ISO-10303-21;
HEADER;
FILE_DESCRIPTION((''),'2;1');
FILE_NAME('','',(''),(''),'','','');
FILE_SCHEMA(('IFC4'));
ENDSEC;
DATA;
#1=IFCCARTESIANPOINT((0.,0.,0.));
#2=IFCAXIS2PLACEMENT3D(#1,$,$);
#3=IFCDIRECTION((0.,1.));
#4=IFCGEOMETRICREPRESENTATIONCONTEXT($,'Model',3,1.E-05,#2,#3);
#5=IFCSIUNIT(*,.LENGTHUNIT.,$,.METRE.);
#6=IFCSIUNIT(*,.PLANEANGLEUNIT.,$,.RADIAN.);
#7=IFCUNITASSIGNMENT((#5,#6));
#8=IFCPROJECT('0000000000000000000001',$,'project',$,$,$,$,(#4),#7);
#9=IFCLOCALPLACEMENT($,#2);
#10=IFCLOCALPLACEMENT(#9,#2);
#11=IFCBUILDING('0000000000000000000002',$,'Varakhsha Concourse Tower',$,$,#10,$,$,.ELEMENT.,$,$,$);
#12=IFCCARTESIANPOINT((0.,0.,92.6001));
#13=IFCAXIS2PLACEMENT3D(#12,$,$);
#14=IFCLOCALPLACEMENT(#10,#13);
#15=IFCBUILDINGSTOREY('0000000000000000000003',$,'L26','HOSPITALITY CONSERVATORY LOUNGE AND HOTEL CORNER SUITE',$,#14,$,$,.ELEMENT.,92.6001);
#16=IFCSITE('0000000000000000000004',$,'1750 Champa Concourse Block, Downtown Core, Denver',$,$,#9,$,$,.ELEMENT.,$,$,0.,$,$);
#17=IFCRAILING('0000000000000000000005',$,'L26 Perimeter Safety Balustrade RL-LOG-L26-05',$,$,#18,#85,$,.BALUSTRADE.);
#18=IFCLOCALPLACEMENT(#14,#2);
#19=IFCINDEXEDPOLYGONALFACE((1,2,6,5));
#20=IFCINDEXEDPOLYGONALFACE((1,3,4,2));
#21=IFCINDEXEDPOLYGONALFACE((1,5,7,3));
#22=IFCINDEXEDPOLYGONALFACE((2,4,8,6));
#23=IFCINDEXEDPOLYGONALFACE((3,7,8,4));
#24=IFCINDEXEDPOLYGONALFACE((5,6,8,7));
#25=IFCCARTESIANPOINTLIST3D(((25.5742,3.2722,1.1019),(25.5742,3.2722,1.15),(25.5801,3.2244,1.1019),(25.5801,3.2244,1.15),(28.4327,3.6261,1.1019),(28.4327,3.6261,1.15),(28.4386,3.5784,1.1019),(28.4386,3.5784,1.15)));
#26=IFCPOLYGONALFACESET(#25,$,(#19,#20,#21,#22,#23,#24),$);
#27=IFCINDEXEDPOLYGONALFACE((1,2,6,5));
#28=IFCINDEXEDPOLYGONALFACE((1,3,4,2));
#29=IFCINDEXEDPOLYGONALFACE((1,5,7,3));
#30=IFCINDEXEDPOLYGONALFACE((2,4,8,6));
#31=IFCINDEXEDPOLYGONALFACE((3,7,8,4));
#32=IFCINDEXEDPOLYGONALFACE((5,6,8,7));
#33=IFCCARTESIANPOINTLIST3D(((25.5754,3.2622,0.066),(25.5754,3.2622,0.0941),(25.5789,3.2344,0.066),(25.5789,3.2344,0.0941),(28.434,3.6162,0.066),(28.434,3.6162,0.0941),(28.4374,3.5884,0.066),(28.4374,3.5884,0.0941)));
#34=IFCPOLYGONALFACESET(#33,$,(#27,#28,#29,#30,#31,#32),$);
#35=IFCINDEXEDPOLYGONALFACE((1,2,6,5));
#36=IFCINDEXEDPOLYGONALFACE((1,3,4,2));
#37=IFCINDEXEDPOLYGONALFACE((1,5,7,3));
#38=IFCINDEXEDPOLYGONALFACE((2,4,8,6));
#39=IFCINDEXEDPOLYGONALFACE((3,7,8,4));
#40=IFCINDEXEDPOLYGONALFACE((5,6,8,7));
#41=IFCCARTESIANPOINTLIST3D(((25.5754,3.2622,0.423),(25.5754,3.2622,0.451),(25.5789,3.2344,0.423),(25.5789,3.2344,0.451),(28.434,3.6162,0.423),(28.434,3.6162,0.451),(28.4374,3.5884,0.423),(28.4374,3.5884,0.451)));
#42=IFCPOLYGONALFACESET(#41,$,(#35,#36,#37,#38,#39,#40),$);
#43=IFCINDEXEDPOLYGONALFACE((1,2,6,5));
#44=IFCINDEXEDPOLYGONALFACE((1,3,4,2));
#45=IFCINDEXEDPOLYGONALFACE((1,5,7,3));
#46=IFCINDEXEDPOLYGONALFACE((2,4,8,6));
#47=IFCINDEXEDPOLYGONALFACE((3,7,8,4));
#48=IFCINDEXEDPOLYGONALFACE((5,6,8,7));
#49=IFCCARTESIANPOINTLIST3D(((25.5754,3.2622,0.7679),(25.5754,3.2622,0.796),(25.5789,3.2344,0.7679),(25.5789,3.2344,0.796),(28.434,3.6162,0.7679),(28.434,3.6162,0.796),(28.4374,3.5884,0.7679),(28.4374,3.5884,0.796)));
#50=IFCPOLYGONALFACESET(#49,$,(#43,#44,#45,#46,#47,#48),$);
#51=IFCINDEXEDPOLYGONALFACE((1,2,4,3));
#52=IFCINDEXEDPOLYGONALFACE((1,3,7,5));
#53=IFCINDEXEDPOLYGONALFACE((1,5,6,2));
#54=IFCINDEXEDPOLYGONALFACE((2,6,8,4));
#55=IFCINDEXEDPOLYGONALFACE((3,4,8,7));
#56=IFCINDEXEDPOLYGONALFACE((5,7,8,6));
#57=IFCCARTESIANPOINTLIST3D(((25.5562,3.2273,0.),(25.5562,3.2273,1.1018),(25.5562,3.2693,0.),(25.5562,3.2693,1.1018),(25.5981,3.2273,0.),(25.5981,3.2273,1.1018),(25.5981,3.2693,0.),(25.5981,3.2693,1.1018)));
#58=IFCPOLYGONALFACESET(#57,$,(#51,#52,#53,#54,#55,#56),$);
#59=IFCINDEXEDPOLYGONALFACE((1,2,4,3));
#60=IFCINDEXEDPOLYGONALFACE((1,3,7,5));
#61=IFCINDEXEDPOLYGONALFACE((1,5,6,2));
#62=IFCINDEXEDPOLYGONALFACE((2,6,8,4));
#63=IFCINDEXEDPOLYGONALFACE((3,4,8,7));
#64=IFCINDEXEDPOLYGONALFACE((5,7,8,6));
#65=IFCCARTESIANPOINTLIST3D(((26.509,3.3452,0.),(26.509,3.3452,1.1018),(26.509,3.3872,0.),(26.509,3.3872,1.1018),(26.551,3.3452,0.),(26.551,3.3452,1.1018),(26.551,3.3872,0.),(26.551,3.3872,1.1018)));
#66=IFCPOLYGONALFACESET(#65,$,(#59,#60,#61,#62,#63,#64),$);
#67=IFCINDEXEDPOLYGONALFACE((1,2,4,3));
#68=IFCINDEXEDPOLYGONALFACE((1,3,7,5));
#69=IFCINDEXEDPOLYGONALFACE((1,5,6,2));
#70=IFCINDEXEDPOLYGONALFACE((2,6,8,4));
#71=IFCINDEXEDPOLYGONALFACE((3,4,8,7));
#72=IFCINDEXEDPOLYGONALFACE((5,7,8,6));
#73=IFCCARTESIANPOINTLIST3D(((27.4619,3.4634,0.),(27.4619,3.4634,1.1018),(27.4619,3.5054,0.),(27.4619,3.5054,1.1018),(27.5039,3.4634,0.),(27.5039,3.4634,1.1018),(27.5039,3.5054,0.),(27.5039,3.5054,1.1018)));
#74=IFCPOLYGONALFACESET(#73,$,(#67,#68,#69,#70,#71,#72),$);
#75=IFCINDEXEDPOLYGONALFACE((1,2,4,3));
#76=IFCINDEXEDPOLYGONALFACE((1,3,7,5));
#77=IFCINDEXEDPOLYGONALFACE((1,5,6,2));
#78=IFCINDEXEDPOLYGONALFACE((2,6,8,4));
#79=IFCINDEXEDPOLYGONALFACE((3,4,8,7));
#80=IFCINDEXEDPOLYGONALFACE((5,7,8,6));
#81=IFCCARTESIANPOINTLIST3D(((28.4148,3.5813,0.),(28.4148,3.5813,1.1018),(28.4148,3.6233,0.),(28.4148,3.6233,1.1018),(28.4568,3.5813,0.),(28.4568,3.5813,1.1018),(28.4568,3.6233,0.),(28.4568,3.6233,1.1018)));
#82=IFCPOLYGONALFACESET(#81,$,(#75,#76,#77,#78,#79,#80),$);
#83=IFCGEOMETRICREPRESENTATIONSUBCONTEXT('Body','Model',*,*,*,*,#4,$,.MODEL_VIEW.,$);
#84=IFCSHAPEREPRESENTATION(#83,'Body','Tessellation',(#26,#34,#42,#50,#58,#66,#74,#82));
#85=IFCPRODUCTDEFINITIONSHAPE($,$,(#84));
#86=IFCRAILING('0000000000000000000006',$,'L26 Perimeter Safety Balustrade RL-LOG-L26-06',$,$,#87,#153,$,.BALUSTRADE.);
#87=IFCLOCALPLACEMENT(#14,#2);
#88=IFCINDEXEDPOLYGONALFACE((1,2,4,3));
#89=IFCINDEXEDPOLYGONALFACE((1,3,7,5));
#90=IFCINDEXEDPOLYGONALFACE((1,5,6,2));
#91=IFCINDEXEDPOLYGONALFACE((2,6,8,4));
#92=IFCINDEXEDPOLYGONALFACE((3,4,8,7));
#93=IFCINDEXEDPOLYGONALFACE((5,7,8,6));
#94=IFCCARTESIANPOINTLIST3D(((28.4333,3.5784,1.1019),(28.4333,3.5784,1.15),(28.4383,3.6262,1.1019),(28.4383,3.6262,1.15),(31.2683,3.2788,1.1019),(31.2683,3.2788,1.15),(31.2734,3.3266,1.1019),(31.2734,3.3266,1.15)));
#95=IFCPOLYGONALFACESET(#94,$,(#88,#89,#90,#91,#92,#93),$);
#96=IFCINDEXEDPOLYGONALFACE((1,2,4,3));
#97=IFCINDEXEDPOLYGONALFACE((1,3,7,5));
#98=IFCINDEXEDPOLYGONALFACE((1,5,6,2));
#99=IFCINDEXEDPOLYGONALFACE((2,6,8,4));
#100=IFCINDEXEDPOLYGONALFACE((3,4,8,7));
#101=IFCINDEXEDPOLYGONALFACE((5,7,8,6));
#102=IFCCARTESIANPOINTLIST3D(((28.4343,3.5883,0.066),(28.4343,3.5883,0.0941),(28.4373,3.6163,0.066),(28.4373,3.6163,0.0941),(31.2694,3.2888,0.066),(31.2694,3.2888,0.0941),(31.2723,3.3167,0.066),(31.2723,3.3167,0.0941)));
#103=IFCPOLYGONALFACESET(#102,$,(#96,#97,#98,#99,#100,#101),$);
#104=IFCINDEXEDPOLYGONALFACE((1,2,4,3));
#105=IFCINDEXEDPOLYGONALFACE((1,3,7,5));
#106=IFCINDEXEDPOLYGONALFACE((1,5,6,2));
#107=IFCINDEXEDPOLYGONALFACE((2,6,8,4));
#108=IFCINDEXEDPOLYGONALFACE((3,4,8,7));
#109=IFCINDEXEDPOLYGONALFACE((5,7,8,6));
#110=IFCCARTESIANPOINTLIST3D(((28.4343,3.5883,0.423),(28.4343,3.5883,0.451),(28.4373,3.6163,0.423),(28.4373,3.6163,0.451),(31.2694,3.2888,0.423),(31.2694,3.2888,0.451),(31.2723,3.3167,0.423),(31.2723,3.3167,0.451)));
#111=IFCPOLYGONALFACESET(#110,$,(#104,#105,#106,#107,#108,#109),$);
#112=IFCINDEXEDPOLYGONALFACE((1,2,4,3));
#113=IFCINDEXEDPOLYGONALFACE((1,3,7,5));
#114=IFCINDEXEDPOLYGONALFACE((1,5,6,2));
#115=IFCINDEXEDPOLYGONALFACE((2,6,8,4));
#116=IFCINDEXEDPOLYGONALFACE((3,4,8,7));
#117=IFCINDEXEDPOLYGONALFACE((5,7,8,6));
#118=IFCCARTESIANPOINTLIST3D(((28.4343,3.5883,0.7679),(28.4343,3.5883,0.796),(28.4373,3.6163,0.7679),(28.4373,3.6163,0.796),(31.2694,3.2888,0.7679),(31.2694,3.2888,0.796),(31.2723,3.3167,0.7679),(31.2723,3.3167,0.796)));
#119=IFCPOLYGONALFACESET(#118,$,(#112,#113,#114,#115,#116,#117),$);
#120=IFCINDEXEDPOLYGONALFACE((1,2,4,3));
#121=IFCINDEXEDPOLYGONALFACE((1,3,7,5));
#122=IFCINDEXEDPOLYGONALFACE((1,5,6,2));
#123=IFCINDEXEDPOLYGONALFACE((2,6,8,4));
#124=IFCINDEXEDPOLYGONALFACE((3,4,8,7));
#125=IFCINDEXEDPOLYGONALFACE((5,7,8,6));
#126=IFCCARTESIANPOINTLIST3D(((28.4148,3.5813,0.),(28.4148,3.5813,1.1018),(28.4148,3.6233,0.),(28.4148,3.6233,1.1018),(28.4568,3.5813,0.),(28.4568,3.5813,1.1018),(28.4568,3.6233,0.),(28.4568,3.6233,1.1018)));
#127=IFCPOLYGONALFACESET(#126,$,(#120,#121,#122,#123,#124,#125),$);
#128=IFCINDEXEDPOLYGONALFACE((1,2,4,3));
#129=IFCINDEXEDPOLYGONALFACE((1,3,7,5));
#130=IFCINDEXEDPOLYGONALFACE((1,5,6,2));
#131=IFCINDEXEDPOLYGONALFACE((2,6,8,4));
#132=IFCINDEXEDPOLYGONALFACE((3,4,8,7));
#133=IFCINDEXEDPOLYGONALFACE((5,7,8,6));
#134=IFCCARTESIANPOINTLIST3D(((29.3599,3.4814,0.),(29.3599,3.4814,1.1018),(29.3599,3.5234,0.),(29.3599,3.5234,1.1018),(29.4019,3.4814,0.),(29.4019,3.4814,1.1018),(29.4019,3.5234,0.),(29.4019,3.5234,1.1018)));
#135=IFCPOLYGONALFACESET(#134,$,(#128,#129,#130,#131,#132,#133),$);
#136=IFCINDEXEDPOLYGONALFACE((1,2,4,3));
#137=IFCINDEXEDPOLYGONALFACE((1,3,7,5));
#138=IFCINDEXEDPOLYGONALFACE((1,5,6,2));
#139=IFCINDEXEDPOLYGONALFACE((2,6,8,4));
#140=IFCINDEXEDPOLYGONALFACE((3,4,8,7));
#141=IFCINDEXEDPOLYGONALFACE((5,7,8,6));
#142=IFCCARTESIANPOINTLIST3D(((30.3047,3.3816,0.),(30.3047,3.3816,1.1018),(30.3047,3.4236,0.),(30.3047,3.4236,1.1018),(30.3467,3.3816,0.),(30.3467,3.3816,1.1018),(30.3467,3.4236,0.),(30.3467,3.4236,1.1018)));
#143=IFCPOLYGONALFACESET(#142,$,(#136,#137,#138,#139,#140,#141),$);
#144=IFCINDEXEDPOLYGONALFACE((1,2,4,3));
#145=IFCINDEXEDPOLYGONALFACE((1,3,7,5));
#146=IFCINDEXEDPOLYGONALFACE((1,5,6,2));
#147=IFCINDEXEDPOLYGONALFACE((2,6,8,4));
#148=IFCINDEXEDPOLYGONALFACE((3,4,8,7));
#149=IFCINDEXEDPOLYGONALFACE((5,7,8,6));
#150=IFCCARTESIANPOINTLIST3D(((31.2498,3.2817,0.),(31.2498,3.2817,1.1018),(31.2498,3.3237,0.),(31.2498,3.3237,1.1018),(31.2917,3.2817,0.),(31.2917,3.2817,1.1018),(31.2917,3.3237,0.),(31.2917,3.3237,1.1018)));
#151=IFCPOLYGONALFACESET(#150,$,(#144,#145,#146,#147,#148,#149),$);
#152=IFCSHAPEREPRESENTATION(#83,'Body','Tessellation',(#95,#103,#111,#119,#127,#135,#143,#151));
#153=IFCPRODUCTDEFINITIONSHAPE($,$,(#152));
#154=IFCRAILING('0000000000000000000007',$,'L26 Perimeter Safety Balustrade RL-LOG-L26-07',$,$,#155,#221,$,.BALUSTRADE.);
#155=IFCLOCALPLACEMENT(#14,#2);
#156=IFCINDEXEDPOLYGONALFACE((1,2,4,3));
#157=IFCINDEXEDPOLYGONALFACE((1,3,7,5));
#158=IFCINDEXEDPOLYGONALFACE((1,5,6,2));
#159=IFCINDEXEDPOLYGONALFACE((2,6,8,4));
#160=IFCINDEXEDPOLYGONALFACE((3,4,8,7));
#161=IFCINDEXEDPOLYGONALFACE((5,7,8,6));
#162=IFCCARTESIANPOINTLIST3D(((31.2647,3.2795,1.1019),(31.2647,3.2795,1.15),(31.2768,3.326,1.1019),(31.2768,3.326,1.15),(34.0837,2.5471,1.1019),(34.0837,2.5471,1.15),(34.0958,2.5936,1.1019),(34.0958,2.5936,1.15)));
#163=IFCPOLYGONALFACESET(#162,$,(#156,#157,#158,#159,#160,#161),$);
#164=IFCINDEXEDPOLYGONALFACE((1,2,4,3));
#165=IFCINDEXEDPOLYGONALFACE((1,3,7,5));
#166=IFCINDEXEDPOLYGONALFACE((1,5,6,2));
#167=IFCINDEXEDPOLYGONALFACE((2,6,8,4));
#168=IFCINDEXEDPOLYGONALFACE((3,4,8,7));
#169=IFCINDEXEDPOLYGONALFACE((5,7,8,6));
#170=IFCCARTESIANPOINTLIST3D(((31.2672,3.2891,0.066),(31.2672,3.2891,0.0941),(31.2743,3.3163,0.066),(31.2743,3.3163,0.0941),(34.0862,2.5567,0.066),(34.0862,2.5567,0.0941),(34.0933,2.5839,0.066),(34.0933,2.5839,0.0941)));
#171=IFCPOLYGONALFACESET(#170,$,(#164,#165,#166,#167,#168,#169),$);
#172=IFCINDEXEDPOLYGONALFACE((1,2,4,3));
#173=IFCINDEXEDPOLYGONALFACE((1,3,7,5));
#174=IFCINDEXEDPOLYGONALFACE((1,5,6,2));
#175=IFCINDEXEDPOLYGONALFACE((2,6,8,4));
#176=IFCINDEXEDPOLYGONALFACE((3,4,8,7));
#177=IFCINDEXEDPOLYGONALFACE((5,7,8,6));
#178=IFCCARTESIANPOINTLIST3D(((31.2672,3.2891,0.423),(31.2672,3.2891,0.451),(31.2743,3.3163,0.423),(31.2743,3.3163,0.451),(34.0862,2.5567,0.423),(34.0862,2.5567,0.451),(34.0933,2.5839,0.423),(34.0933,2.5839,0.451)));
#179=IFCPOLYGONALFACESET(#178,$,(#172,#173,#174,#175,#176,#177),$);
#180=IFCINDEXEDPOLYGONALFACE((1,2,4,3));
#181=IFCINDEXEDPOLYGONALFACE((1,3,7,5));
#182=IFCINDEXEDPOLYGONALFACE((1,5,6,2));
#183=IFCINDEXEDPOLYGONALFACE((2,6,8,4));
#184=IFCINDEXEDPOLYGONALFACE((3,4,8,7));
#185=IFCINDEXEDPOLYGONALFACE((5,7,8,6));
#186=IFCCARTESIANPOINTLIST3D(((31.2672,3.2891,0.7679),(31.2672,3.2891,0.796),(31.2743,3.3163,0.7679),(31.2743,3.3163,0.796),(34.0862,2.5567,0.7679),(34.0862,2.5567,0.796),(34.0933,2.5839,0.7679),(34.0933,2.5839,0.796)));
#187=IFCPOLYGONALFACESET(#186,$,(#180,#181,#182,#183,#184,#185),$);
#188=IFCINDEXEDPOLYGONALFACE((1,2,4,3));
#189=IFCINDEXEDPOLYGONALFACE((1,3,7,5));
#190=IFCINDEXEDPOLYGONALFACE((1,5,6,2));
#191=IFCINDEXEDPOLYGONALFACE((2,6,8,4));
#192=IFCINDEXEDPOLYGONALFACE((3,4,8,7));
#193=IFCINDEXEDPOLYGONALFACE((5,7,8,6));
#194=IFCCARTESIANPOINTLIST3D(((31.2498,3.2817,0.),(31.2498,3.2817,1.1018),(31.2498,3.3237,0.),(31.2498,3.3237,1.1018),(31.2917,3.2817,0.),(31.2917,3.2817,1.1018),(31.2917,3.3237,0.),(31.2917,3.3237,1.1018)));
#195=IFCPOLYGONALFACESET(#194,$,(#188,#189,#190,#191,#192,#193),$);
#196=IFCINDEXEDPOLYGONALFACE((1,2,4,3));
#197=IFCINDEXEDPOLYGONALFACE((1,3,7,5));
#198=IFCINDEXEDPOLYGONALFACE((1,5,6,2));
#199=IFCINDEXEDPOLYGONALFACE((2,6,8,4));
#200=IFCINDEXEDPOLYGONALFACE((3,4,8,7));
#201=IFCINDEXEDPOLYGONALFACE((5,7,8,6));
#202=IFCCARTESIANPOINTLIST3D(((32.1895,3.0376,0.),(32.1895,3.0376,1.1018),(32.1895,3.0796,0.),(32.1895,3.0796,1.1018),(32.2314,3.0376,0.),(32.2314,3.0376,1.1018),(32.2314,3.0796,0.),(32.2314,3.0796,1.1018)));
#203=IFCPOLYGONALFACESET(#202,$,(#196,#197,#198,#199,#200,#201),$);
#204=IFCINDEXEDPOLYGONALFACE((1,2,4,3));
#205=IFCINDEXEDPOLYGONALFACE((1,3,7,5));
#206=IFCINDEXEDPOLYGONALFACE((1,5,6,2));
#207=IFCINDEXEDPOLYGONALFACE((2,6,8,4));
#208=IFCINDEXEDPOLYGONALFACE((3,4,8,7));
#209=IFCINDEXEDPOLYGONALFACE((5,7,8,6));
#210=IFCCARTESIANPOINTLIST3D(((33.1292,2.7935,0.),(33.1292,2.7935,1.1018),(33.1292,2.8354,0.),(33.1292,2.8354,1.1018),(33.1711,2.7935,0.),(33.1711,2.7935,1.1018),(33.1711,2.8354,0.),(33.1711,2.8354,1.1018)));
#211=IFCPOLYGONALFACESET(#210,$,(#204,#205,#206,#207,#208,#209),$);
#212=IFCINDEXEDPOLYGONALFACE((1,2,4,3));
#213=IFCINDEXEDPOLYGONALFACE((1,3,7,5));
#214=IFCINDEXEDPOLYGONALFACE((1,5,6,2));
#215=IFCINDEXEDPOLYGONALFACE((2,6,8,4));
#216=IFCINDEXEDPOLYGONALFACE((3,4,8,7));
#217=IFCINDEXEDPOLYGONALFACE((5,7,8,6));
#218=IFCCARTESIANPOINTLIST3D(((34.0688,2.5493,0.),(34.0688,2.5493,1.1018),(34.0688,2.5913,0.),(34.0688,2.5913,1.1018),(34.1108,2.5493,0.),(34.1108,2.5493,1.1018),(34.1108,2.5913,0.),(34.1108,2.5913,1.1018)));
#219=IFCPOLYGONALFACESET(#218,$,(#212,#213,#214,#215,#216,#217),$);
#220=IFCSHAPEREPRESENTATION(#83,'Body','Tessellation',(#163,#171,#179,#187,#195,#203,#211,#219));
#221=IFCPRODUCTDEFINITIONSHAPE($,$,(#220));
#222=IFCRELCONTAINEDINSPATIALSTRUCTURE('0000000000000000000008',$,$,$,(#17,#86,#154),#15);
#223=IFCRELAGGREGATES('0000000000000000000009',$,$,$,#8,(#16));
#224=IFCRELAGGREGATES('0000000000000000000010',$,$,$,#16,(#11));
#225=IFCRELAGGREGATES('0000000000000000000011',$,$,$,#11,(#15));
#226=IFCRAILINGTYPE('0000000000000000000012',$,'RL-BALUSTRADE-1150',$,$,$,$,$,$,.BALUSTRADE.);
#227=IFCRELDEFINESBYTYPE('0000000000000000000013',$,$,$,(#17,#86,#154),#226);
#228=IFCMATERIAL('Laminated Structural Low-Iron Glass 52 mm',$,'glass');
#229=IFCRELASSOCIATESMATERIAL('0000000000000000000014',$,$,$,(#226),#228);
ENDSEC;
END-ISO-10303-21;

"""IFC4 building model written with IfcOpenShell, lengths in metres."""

from ifc_helpers import new_model, si_unit, direction, frame, origin, origin_2d, place, context, subcontext, project, spatial, rectangle, extrude, material, type_object, element, save


model = new_model("IFC4")

# Units and contexts
model_context = context("Model", 3, precision=1e-05, world=origin(), true_north=direction((0.0, 1.0)))
body_context = subcontext(model_context, "Body", "Model", "MODEL_VIEW")
ifc_project = project(units=[si_unit("LENGTHUNIT", "METRE"), si_unit("PLANEANGLEUNIT", "RADIAN")], contexts=[model_context])

# Site, building, storey
site_placement = place(None, origin())
site = spatial("IfcSite", under=ifc_project, at=site_placement, Name="1750 Champa Concourse Block, Downtown Core, Denver", CompositionType="ELEMENT", RefElevation=0.0)
building_placement = place(site_placement, origin())
building = spatial("IfcBuilding", under=site, at=building_placement, Name="Varakhsha Concourse Tower", CompositionType="ELEMENT")
storey_placement = place(building_placement, frame((0.0, 0.0, 92.6001)))
storey = spatial("IfcBuildingStorey", under=building, at=storey_placement, Name="L26", Description="HOSPITALITY CONSERVATORY LOUNGE AND HOTEL CORNER SUITE", CompositionType="ELEMENT", Elevation=92.6001)

# Railings
ifc_material_1 = material(Name="Laminated Structural Low-Iron Glass 52 mm", Category="glass")
railing_type = type_object("IfcRailingType", Name="RL-BALUSTRADE-1150", PredefinedType="BALUSTRADE", material=ifc_material_1)
railing_1_placement = place(storey_placement, frame((25.5771, 3.2483, 0.0)))
element("IfcRailing", 1, at=railing_1_placement, inside=storey, type_object=railing_type, Name="L26 Perimeter Safety Balustrade RL-LOG-L26-05", PredefinedType="BALUSTRADE", context=body_context, shape_type="SweptSolid", body=[
    extrude(rectangle(XDim=0.0481, YDim=0.0481, at=origin_2d()), frame((0.0, 0.0, 1.126), z_axis=(0.992419, 0.122898, 0.0), x_axis=(-0.122898, 0.992419, 0.0)), (0.0, 0.0, 1.0), 2.8804),
    extrude(rectangle(XDim=0.0281, YDim=0.0281, at=origin_2d()), frame((0.0, 0.0, 0.0801), z_axis=(0.992419, 0.122898, 0.0), x_axis=(-0.122898, 0.992419, 0.0)), (0.0, 0.0, 1.0), 2.8804),
    extrude(rectangle(XDim=0.0281, YDim=0.0281, at=origin_2d()), frame((0.0, 0.0, 0.437), z_axis=(0.992419, 0.122898, 0.0), x_axis=(-0.122898, 0.992419, 0.0)), (0.0, 0.0, 1.0), 2.8804),
    extrude(rectangle(XDim=0.0281, YDim=0.0281, at=origin_2d()), frame((0.0, 0.0, 0.782), z_axis=(0.992419, 0.122898, 0.0), x_axis=(-0.122898, 0.992419, 0.0)), (0.0, 0.0, 1.0), 2.8804),
    extrude(rectangle(XDim=0.042, YDim=0.042, at=origin_2d()), origin(), (0.0, 0.0, 1.0), 1.1018),
    extrude(rectangle(XDim=0.042, YDim=0.042, at=origin_2d()), frame((0.9529, 0.1179, 0.0)), (0.0, 0.0, 1.0), 1.1018),
    extrude(rectangle(XDim=0.042, YDim=0.042, at=origin_2d()), frame((1.9058, 0.2361, 0.0)), (0.0, 0.0, 1.0), 1.1018),
    extrude(rectangle(XDim=0.042, YDim=0.042, at=origin_2d()), frame((2.8586, 0.354, 0.0)), (0.0, 0.0, 1.0), 1.1018),
])
railing_2_placement = place(storey_placement, frame((28.4358, 3.6023, 0.0)))
element("IfcRailing", 2, at=railing_2_placement, inside=storey, type_object=railing_type, Name="L26 Perimeter Safety Balustrade RL-LOG-L26-06", PredefinedType="BALUSTRADE", context=body_context, shape_type="SweptSolid", body=[
    extrude(rectangle(XDim=0.0481, YDim=0.0481, at=origin_2d()), frame((0.0, 0.0, 1.126), z_axis=(0.994464, -0.105082, 0.0), x_axis=(0.105082, 0.994464, 0.0)), (0.0, 0.0, 1.0), 2.8508),
    extrude(rectangle(XDim=0.0281, YDim=0.0281, at=origin_2d()), frame((0.0, 0.0, 0.0801), z_axis=(0.994464, -0.105082, 0.0), x_axis=(0.105082, 0.994464, 0.0)), (0.0, 0.0, 1.0), 2.8508),
    extrude(rectangle(XDim=0.0281, YDim=0.0281, at=origin_2d()), frame((0.0, 0.0, 0.437), z_axis=(0.994464, -0.105082, 0.0), x_axis=(0.105082, 0.994464, 0.0)), (0.0, 0.0, 1.0), 2.8508),
    extrude(rectangle(XDim=0.0281, YDim=0.0281, at=origin_2d()), frame((0.0, 0.0, 0.782), z_axis=(0.994464, -0.105082, 0.0), x_axis=(0.105082, 0.994464, 0.0)), (0.0, 0.0, 1.0), 2.8508),
    extrude(rectangle(XDim=0.042, YDim=0.042, at=origin_2d()), origin(), (0.0, 0.0, 1.0), 1.1018),
    extrude(rectangle(XDim=0.042, YDim=0.042, at=origin_2d()), frame((0.9451, -0.0999, 0.0)), (0.0, 0.0, 1.0), 1.1018),
    extrude(rectangle(XDim=0.042, YDim=0.042, at=origin_2d()), frame((1.8899, -0.1997, 0.0)), (0.0, 0.0, 1.0), 1.1018),
    extrude(rectangle(XDim=0.042, YDim=0.042, at=origin_2d()), frame((2.835, -0.2996, 0.0)), (0.0, 0.0, 1.0), 1.1018),
])
railing_3_placement = place(storey_placement, frame((31.2708, 3.3027, 0.0)))
element("IfcRailing", 3, at=railing_3_placement, inside=storey, type_object=railing_type, Name="L26 Perimeter Safety Balustrade RL-LOG-L26-07", PredefinedType="BALUSTRADE", context=body_context, shape_type="SweptSolid", body=[
    extrude(rectangle(XDim=0.0481, YDim=0.0481, at=origin_2d()), frame((0.0, 0.0, 1.126), z_axis=(0.967868, -0.25146, 0.0), x_axis=(0.25146, 0.967868, 0.0)), (0.0, 0.0, 1.0), 2.9126),
    extrude(rectangle(XDim=0.0281, YDim=0.0281, at=origin_2d()), frame((0.0, 0.0, 0.0801), z_axis=(0.967868, -0.25146, 0.0), x_axis=(0.25146, 0.967868, 0.0)), (0.0, 0.0, 1.0), 2.9126),
    extrude(rectangle(XDim=0.0281, YDim=0.0281, at=origin_2d()), frame((0.0, 0.0, 0.437), z_axis=(0.967868, -0.25146, 0.0), x_axis=(0.25146, 0.967868, 0.0)), (0.0, 0.0, 1.0), 2.9126),
    extrude(rectangle(XDim=0.0281, YDim=0.0281, at=origin_2d()), frame((0.0, 0.0, 0.782), z_axis=(0.967868, -0.25146, 0.0), x_axis=(0.25146, 0.967868, 0.0)), (0.0, 0.0, 1.0), 2.9126),
    extrude(rectangle(XDim=0.042, YDim=0.042, at=origin_2d()), origin(), (0.0, 0.0, 1.0), 1.1018),
    extrude(rectangle(XDim=0.042, YDim=0.042, at=origin_2d()), frame((0.9397, -0.2441, 0.0)), (0.0, 0.0, 1.0), 1.1018),
    extrude(rectangle(XDim=0.042, YDim=0.042, at=origin_2d()), frame((1.8794, -0.4883, 0.0)), (0.0, 0.0, 1.0), 1.1018),
    extrude(rectangle(XDim=0.042, YDim=0.042, at=origin_2d()), frame((2.8191, -0.7324, 0.0)), (0.0, 0.0, 1.0), 1.1018),
])

save(model, "model.ifc")
